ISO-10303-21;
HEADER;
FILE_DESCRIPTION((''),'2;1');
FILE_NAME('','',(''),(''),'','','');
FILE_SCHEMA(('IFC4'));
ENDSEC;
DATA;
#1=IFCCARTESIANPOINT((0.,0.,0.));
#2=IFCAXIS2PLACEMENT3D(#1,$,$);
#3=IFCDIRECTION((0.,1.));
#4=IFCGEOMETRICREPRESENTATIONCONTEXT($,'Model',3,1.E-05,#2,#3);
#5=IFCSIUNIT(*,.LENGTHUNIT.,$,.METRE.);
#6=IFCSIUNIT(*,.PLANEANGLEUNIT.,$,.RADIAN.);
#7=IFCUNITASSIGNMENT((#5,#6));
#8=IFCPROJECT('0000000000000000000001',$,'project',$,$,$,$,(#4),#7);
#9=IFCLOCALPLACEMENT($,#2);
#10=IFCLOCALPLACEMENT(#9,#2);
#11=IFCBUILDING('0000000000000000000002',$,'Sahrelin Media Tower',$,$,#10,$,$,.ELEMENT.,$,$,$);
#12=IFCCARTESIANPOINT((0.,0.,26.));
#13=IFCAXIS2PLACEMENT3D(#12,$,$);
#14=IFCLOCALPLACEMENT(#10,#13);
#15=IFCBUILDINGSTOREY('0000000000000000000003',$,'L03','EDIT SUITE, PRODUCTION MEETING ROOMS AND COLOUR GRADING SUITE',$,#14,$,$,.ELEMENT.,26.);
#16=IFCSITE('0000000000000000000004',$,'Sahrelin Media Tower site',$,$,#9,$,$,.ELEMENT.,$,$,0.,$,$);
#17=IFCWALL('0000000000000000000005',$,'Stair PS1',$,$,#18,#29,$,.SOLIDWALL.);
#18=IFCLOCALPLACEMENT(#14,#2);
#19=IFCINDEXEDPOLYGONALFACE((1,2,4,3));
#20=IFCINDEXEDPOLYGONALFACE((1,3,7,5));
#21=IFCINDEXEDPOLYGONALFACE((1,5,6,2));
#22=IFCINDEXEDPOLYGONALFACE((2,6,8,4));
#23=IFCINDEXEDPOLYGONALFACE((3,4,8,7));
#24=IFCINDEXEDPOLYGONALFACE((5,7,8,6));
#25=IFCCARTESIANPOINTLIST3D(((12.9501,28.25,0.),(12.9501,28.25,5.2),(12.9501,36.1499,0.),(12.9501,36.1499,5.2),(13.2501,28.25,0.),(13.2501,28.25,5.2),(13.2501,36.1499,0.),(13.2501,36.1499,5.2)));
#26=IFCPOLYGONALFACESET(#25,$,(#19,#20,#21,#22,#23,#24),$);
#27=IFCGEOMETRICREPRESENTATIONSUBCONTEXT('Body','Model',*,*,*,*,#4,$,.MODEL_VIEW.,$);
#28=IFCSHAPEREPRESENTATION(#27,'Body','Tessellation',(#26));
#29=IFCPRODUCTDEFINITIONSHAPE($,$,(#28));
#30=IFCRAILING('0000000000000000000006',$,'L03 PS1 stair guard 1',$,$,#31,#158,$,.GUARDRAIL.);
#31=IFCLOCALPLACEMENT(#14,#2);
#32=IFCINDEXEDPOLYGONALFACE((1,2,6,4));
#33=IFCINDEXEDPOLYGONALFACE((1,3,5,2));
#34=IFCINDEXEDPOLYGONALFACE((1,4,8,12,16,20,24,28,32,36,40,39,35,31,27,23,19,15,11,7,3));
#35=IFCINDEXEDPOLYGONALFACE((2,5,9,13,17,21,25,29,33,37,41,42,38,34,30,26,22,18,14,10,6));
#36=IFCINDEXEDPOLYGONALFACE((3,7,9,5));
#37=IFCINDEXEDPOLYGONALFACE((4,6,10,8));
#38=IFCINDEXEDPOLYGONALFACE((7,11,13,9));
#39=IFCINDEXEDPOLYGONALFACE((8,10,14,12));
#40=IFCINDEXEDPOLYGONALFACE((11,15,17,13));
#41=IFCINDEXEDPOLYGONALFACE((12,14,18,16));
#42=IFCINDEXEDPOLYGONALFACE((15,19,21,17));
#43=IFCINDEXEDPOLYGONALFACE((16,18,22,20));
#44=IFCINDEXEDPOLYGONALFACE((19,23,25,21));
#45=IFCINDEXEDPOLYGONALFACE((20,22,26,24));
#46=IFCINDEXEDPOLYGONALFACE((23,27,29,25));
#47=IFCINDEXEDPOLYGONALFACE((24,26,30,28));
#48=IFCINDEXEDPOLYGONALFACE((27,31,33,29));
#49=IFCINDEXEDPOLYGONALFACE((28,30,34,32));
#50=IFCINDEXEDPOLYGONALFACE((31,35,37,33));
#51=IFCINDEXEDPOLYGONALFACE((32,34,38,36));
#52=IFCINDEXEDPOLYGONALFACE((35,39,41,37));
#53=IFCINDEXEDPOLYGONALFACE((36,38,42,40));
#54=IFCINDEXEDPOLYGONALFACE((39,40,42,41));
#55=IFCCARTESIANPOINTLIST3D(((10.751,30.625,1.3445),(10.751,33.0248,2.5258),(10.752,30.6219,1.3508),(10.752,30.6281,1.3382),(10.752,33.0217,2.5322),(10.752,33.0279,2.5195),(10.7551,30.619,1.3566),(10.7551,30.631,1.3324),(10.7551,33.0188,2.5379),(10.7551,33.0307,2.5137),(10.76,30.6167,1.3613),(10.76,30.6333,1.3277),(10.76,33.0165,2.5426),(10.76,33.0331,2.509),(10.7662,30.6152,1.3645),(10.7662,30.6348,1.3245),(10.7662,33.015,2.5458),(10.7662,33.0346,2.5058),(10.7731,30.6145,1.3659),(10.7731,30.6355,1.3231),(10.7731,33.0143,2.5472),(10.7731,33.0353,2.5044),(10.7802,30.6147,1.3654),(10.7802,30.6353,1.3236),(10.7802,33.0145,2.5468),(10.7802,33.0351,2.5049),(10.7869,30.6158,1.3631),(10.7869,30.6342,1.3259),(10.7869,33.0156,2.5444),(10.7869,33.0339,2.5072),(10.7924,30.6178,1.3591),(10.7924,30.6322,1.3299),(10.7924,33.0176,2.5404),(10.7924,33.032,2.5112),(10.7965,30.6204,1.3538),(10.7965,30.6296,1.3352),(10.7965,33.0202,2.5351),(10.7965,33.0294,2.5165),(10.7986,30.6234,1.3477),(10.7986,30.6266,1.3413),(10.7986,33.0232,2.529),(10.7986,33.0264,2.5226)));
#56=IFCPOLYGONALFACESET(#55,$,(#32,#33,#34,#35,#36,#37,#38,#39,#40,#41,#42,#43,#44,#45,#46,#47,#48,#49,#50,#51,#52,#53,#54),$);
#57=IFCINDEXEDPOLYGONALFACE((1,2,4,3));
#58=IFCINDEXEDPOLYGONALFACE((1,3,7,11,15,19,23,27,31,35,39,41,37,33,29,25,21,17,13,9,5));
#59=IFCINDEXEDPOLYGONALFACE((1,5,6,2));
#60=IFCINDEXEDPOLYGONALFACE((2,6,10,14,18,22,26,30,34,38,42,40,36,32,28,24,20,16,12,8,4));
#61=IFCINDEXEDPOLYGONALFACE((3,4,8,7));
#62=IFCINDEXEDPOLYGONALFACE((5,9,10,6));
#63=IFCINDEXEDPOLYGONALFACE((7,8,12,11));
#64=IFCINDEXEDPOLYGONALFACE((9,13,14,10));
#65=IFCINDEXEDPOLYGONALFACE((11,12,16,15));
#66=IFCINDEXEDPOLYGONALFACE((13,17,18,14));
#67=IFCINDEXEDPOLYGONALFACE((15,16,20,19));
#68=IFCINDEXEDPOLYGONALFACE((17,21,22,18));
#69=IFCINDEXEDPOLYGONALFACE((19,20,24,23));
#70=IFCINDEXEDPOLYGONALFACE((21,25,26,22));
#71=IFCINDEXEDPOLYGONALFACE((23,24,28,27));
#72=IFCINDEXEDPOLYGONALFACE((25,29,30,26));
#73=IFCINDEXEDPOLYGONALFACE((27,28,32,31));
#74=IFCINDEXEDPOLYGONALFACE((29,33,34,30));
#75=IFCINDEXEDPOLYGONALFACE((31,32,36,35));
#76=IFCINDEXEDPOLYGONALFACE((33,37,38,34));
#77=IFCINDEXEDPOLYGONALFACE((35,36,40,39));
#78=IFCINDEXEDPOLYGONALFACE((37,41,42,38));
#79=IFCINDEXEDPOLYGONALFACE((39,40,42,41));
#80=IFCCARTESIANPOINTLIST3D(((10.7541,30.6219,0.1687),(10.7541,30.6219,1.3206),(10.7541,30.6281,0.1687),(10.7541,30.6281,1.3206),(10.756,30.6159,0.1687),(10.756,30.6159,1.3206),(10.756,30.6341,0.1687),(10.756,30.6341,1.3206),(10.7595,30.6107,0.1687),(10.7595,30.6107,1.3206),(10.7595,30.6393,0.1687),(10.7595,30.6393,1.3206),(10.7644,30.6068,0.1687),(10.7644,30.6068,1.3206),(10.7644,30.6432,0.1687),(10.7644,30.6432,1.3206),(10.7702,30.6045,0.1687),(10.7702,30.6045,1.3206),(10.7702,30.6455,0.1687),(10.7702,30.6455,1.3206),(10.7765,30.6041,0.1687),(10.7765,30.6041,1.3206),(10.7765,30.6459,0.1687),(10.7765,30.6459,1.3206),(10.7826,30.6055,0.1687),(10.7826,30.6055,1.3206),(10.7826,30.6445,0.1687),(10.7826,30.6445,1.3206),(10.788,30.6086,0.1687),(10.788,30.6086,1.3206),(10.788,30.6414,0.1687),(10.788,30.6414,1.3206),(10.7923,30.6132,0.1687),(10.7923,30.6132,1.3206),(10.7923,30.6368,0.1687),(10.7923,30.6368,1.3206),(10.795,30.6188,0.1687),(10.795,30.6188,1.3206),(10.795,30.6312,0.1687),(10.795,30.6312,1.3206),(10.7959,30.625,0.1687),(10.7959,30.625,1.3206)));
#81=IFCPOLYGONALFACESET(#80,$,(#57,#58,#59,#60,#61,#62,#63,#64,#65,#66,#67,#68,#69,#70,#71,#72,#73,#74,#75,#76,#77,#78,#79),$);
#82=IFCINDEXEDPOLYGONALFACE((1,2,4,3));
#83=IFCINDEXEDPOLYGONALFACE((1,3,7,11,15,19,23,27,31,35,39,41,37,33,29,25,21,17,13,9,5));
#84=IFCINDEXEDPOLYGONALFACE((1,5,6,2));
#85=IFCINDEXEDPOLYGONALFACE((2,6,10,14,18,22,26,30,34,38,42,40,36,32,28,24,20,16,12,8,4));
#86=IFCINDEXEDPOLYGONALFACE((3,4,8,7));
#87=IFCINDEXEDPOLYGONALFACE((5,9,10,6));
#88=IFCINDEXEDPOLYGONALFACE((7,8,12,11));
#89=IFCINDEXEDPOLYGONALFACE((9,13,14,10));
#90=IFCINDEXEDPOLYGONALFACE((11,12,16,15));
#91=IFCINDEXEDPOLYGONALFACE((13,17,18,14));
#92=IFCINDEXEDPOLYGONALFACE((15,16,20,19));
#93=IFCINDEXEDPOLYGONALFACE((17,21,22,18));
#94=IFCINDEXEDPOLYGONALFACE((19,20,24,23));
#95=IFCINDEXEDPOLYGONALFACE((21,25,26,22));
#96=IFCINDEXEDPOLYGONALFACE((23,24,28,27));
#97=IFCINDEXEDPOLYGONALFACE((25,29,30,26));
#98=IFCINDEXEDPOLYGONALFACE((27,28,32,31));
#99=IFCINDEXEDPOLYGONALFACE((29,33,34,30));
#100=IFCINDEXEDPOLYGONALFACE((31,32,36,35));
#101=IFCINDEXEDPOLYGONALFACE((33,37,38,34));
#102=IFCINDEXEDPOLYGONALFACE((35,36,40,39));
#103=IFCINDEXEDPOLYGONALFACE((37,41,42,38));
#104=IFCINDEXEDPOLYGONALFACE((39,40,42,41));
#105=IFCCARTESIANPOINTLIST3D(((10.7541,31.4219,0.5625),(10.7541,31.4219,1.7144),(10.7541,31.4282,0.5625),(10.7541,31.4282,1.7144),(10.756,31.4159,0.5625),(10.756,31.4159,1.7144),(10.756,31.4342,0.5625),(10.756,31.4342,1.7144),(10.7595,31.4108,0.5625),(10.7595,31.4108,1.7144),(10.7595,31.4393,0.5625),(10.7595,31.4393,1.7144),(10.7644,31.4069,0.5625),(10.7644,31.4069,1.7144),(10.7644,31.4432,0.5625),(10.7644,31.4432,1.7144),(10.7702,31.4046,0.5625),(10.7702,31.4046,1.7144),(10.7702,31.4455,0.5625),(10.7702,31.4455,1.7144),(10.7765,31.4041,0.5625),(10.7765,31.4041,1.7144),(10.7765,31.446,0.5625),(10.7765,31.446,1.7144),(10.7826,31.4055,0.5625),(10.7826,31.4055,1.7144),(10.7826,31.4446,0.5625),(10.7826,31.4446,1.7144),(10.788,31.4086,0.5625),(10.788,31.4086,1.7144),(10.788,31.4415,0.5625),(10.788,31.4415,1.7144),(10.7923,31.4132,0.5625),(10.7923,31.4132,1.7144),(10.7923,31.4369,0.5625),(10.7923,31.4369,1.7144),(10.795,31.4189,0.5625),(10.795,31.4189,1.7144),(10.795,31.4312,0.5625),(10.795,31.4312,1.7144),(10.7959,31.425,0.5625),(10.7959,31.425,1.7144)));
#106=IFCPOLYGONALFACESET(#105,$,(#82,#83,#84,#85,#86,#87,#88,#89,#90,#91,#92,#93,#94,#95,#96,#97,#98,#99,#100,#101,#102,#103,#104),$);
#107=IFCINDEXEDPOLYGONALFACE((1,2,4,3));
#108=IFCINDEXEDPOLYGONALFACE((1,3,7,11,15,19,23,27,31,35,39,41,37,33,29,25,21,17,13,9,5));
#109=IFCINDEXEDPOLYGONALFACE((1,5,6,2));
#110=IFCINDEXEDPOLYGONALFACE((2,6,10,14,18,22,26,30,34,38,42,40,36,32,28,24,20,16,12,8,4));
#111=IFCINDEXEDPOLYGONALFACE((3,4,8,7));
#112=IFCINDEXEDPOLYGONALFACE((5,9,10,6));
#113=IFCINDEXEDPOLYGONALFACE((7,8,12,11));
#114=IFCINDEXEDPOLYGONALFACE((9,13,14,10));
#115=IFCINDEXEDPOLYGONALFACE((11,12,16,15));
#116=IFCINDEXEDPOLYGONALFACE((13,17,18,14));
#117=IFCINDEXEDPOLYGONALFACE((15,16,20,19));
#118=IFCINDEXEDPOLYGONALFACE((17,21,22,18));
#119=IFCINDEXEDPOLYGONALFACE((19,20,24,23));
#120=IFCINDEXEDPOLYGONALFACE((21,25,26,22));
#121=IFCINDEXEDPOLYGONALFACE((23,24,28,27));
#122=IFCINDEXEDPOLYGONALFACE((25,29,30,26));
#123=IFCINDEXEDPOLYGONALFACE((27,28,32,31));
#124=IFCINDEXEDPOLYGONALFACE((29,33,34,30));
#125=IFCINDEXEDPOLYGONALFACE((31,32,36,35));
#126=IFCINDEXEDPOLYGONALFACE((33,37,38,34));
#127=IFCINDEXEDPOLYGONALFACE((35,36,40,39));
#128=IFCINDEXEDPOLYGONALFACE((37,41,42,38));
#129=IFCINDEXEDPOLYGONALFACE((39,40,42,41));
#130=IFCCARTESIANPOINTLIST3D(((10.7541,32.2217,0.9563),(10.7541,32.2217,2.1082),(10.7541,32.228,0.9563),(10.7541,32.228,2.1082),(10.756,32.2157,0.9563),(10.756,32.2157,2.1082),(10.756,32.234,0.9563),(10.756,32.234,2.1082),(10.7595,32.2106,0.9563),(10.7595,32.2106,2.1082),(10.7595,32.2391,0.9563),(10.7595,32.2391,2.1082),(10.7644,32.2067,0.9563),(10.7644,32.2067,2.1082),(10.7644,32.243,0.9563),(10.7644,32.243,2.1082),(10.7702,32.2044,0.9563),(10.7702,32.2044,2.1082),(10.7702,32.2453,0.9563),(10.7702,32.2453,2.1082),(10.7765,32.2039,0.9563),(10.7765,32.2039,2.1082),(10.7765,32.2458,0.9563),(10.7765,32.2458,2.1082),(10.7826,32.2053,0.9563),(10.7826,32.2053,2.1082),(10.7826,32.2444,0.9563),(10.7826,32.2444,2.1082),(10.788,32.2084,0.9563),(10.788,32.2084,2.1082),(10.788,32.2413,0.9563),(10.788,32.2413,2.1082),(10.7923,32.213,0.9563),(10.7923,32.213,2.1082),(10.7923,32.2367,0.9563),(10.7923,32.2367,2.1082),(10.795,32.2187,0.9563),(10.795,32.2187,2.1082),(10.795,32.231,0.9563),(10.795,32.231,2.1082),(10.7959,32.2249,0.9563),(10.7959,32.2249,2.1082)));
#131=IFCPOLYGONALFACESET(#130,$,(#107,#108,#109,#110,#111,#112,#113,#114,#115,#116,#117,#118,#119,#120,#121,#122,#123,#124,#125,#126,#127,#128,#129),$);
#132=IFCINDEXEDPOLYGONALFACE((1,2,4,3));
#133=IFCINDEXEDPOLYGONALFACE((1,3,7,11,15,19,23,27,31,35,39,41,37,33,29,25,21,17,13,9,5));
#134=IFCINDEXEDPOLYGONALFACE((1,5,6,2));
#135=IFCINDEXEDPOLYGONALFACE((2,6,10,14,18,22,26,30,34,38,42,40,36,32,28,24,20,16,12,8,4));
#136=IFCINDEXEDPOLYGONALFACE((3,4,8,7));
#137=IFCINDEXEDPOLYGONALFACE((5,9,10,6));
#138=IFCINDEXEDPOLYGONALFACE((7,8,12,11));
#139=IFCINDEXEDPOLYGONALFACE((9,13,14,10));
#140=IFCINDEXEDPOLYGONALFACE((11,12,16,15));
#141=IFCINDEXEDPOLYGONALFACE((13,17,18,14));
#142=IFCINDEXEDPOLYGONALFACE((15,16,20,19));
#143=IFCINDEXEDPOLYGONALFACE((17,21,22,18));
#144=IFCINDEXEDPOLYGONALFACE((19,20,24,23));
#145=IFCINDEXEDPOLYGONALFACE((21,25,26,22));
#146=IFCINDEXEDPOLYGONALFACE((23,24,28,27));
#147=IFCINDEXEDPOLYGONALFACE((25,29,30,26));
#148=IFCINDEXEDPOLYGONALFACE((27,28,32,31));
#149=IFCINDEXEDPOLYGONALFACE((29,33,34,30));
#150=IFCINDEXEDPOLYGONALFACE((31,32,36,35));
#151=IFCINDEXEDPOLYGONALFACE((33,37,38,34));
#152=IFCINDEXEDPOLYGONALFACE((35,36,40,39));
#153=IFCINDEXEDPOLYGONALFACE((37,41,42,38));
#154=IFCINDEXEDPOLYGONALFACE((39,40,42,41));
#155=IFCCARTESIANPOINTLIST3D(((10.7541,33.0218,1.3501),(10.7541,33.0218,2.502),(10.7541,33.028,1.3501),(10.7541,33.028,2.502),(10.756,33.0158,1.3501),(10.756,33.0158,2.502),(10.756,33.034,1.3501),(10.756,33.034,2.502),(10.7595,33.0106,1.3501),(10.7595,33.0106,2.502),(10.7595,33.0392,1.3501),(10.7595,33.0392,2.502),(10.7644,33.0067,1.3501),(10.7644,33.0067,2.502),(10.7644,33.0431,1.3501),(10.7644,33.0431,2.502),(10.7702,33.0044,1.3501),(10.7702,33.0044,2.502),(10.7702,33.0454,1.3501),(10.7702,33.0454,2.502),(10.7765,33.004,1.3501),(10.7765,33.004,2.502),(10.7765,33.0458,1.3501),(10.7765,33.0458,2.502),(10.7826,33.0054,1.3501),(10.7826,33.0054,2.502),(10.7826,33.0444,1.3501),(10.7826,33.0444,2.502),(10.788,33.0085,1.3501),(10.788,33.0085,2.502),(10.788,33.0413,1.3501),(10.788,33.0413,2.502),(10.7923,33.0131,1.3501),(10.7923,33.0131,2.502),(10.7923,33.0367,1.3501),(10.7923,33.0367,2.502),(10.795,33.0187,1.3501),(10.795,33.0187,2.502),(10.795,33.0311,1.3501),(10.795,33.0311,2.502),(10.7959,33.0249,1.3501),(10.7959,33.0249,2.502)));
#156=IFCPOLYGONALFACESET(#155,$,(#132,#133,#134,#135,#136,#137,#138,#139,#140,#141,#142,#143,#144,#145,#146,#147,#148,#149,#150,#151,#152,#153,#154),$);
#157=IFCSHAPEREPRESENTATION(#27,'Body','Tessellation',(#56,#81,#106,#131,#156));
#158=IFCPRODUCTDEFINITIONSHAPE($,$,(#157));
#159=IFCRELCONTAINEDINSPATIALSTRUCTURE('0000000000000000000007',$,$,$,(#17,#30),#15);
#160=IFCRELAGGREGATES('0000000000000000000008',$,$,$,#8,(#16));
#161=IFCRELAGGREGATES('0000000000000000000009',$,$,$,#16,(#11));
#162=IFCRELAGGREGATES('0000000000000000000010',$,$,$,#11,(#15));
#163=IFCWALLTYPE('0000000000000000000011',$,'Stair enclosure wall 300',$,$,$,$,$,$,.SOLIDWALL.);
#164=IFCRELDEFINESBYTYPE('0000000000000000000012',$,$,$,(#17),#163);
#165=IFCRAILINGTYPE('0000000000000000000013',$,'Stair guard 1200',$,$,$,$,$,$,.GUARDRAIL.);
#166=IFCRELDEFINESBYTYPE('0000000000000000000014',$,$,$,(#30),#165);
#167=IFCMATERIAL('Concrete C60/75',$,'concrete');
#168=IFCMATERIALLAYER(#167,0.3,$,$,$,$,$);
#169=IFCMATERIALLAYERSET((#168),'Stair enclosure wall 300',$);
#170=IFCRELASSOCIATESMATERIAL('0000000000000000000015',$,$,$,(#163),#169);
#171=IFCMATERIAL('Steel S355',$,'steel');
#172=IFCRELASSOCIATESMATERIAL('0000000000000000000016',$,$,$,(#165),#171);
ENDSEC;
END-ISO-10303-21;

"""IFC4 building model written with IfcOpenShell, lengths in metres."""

from ifc_helpers import new_model, si_unit, direction, frame, frame_2d, origin, origin_2d, place, context, subcontext, project, spatial, rectangle, circle, extrude, material, layer, layer_set, type_object, element, save


model = new_model("IFC4")

# Units and contexts
model_context = context("Model", 3, precision=1e-05, world=origin(), true_north=direction((0.0, 1.0)))
body_context = subcontext(model_context, "Body", "Model", "MODEL_VIEW")
ifc_project = project(units=[si_unit("LENGTHUNIT", "METRE"), si_unit("PLANEANGLEUNIT", "RADIAN")], contexts=[model_context])

# Site, building, storey
site_placement = place(None, origin())
site = spatial("IfcSite", under=ifc_project, at=site_placement, Name="Sahrelin Media Tower site", CompositionType="ELEMENT", RefElevation=0.0)
building_placement = place(site_placement, origin())
building = spatial("IfcBuilding", under=site, at=building_placement, Name="Sahrelin Media Tower", CompositionType="ELEMENT")
storey_placement = place(building_placement, frame((0.0, 0.0, 26.0)))
storey = spatial("IfcBuildingStorey", under=building, at=storey_placement, Name="L03", Description="EDIT SUITE, PRODUCTION MEETING ROOMS AND COLOUR GRADING SUITE", CompositionType="ELEMENT", Elevation=26.0)

# Shared definitions
ifc_material_1 = material(Name="Steel S355", Category="steel")

# Shared definitions
ifc_material_2 = material(Name="Concrete C60/75", Category="concrete")
ifc_layer_1 = layer(ifc_material_2, 0.3)
ifc_layer_set_1 = layer_set([ifc_layer_1], Name="Stair enclosure wall 300")
wall_type_1 = type_object("IfcWallType", Name="Stair enclosure wall 300", PredefinedType="SOLIDWALL", material=ifc_layer_set_1)

# Wall
wall_1_placement = place(storey_placement, frame((13.1001, 36.1499, 0.0), z_axis=(0.0, 0.0, 1.0), x_axis=(0.0, -1.0, 0.0)))
element("IfcWall", 1, at=wall_1_placement, inside=storey, type_object=wall_type_1, Name="Stair PS1", PredefinedType="SOLIDWALL", context=body_context, shape_type="SweptSolid", body=[
    extrude(rectangle(XDim=7.8999, YDim=0.3, at=frame_2d((3.95, 0.0))), origin(), (0.0, 0.0, 1.0), 5.2),
])

# Railing
railing_type_1 = type_object("IfcRailingType", Name="Stair guard 1200", PredefinedType="GUARDRAIL", material=ifc_material_1)
railing_1_placement = place(storey_placement, frame((10.7749, 30.625, 0.1687)))
element("IfcRailing", 2, at=railing_1_placement, inside=storey, type_object=railing_type_1, Name="L03 PS1 stair guard 1", PredefinedType="GUARDRAIL", context=body_context, shape_type="SweptSolid", body=[
    extrude(circle(Radius=0.0239, at=origin_2d()), frame((0.0, 0.0, 1.1758), z_axis=(0.0, 0.897185, 0.441656), x_axis=(-1.0, 0.0, 0.0)), (0.0, 0.0, 1.0), 2.6748),
    extrude(circle(Radius=0.021, at=origin_2d()), origin(), (0.0, 0.0, 1.0), 1.1519),
    extrude(circle(Radius=0.021, at=origin_2d()), frame((0.0, 0.8, 0.3938)), (0.0, 0.0, 1.0), 1.1519),
    extrude(circle(Radius=0.021, at=origin_2d()), frame((0.0, 1.5999, 0.7876)), (0.0, 0.0, 1.0), 1.1519),
    extrude(circle(Radius=0.021, at=origin_2d()), frame((0.0, 2.3999, 1.1814)), (0.0, 0.0, 1.0), 1.1519),
])

save(model, "model.ifc")
